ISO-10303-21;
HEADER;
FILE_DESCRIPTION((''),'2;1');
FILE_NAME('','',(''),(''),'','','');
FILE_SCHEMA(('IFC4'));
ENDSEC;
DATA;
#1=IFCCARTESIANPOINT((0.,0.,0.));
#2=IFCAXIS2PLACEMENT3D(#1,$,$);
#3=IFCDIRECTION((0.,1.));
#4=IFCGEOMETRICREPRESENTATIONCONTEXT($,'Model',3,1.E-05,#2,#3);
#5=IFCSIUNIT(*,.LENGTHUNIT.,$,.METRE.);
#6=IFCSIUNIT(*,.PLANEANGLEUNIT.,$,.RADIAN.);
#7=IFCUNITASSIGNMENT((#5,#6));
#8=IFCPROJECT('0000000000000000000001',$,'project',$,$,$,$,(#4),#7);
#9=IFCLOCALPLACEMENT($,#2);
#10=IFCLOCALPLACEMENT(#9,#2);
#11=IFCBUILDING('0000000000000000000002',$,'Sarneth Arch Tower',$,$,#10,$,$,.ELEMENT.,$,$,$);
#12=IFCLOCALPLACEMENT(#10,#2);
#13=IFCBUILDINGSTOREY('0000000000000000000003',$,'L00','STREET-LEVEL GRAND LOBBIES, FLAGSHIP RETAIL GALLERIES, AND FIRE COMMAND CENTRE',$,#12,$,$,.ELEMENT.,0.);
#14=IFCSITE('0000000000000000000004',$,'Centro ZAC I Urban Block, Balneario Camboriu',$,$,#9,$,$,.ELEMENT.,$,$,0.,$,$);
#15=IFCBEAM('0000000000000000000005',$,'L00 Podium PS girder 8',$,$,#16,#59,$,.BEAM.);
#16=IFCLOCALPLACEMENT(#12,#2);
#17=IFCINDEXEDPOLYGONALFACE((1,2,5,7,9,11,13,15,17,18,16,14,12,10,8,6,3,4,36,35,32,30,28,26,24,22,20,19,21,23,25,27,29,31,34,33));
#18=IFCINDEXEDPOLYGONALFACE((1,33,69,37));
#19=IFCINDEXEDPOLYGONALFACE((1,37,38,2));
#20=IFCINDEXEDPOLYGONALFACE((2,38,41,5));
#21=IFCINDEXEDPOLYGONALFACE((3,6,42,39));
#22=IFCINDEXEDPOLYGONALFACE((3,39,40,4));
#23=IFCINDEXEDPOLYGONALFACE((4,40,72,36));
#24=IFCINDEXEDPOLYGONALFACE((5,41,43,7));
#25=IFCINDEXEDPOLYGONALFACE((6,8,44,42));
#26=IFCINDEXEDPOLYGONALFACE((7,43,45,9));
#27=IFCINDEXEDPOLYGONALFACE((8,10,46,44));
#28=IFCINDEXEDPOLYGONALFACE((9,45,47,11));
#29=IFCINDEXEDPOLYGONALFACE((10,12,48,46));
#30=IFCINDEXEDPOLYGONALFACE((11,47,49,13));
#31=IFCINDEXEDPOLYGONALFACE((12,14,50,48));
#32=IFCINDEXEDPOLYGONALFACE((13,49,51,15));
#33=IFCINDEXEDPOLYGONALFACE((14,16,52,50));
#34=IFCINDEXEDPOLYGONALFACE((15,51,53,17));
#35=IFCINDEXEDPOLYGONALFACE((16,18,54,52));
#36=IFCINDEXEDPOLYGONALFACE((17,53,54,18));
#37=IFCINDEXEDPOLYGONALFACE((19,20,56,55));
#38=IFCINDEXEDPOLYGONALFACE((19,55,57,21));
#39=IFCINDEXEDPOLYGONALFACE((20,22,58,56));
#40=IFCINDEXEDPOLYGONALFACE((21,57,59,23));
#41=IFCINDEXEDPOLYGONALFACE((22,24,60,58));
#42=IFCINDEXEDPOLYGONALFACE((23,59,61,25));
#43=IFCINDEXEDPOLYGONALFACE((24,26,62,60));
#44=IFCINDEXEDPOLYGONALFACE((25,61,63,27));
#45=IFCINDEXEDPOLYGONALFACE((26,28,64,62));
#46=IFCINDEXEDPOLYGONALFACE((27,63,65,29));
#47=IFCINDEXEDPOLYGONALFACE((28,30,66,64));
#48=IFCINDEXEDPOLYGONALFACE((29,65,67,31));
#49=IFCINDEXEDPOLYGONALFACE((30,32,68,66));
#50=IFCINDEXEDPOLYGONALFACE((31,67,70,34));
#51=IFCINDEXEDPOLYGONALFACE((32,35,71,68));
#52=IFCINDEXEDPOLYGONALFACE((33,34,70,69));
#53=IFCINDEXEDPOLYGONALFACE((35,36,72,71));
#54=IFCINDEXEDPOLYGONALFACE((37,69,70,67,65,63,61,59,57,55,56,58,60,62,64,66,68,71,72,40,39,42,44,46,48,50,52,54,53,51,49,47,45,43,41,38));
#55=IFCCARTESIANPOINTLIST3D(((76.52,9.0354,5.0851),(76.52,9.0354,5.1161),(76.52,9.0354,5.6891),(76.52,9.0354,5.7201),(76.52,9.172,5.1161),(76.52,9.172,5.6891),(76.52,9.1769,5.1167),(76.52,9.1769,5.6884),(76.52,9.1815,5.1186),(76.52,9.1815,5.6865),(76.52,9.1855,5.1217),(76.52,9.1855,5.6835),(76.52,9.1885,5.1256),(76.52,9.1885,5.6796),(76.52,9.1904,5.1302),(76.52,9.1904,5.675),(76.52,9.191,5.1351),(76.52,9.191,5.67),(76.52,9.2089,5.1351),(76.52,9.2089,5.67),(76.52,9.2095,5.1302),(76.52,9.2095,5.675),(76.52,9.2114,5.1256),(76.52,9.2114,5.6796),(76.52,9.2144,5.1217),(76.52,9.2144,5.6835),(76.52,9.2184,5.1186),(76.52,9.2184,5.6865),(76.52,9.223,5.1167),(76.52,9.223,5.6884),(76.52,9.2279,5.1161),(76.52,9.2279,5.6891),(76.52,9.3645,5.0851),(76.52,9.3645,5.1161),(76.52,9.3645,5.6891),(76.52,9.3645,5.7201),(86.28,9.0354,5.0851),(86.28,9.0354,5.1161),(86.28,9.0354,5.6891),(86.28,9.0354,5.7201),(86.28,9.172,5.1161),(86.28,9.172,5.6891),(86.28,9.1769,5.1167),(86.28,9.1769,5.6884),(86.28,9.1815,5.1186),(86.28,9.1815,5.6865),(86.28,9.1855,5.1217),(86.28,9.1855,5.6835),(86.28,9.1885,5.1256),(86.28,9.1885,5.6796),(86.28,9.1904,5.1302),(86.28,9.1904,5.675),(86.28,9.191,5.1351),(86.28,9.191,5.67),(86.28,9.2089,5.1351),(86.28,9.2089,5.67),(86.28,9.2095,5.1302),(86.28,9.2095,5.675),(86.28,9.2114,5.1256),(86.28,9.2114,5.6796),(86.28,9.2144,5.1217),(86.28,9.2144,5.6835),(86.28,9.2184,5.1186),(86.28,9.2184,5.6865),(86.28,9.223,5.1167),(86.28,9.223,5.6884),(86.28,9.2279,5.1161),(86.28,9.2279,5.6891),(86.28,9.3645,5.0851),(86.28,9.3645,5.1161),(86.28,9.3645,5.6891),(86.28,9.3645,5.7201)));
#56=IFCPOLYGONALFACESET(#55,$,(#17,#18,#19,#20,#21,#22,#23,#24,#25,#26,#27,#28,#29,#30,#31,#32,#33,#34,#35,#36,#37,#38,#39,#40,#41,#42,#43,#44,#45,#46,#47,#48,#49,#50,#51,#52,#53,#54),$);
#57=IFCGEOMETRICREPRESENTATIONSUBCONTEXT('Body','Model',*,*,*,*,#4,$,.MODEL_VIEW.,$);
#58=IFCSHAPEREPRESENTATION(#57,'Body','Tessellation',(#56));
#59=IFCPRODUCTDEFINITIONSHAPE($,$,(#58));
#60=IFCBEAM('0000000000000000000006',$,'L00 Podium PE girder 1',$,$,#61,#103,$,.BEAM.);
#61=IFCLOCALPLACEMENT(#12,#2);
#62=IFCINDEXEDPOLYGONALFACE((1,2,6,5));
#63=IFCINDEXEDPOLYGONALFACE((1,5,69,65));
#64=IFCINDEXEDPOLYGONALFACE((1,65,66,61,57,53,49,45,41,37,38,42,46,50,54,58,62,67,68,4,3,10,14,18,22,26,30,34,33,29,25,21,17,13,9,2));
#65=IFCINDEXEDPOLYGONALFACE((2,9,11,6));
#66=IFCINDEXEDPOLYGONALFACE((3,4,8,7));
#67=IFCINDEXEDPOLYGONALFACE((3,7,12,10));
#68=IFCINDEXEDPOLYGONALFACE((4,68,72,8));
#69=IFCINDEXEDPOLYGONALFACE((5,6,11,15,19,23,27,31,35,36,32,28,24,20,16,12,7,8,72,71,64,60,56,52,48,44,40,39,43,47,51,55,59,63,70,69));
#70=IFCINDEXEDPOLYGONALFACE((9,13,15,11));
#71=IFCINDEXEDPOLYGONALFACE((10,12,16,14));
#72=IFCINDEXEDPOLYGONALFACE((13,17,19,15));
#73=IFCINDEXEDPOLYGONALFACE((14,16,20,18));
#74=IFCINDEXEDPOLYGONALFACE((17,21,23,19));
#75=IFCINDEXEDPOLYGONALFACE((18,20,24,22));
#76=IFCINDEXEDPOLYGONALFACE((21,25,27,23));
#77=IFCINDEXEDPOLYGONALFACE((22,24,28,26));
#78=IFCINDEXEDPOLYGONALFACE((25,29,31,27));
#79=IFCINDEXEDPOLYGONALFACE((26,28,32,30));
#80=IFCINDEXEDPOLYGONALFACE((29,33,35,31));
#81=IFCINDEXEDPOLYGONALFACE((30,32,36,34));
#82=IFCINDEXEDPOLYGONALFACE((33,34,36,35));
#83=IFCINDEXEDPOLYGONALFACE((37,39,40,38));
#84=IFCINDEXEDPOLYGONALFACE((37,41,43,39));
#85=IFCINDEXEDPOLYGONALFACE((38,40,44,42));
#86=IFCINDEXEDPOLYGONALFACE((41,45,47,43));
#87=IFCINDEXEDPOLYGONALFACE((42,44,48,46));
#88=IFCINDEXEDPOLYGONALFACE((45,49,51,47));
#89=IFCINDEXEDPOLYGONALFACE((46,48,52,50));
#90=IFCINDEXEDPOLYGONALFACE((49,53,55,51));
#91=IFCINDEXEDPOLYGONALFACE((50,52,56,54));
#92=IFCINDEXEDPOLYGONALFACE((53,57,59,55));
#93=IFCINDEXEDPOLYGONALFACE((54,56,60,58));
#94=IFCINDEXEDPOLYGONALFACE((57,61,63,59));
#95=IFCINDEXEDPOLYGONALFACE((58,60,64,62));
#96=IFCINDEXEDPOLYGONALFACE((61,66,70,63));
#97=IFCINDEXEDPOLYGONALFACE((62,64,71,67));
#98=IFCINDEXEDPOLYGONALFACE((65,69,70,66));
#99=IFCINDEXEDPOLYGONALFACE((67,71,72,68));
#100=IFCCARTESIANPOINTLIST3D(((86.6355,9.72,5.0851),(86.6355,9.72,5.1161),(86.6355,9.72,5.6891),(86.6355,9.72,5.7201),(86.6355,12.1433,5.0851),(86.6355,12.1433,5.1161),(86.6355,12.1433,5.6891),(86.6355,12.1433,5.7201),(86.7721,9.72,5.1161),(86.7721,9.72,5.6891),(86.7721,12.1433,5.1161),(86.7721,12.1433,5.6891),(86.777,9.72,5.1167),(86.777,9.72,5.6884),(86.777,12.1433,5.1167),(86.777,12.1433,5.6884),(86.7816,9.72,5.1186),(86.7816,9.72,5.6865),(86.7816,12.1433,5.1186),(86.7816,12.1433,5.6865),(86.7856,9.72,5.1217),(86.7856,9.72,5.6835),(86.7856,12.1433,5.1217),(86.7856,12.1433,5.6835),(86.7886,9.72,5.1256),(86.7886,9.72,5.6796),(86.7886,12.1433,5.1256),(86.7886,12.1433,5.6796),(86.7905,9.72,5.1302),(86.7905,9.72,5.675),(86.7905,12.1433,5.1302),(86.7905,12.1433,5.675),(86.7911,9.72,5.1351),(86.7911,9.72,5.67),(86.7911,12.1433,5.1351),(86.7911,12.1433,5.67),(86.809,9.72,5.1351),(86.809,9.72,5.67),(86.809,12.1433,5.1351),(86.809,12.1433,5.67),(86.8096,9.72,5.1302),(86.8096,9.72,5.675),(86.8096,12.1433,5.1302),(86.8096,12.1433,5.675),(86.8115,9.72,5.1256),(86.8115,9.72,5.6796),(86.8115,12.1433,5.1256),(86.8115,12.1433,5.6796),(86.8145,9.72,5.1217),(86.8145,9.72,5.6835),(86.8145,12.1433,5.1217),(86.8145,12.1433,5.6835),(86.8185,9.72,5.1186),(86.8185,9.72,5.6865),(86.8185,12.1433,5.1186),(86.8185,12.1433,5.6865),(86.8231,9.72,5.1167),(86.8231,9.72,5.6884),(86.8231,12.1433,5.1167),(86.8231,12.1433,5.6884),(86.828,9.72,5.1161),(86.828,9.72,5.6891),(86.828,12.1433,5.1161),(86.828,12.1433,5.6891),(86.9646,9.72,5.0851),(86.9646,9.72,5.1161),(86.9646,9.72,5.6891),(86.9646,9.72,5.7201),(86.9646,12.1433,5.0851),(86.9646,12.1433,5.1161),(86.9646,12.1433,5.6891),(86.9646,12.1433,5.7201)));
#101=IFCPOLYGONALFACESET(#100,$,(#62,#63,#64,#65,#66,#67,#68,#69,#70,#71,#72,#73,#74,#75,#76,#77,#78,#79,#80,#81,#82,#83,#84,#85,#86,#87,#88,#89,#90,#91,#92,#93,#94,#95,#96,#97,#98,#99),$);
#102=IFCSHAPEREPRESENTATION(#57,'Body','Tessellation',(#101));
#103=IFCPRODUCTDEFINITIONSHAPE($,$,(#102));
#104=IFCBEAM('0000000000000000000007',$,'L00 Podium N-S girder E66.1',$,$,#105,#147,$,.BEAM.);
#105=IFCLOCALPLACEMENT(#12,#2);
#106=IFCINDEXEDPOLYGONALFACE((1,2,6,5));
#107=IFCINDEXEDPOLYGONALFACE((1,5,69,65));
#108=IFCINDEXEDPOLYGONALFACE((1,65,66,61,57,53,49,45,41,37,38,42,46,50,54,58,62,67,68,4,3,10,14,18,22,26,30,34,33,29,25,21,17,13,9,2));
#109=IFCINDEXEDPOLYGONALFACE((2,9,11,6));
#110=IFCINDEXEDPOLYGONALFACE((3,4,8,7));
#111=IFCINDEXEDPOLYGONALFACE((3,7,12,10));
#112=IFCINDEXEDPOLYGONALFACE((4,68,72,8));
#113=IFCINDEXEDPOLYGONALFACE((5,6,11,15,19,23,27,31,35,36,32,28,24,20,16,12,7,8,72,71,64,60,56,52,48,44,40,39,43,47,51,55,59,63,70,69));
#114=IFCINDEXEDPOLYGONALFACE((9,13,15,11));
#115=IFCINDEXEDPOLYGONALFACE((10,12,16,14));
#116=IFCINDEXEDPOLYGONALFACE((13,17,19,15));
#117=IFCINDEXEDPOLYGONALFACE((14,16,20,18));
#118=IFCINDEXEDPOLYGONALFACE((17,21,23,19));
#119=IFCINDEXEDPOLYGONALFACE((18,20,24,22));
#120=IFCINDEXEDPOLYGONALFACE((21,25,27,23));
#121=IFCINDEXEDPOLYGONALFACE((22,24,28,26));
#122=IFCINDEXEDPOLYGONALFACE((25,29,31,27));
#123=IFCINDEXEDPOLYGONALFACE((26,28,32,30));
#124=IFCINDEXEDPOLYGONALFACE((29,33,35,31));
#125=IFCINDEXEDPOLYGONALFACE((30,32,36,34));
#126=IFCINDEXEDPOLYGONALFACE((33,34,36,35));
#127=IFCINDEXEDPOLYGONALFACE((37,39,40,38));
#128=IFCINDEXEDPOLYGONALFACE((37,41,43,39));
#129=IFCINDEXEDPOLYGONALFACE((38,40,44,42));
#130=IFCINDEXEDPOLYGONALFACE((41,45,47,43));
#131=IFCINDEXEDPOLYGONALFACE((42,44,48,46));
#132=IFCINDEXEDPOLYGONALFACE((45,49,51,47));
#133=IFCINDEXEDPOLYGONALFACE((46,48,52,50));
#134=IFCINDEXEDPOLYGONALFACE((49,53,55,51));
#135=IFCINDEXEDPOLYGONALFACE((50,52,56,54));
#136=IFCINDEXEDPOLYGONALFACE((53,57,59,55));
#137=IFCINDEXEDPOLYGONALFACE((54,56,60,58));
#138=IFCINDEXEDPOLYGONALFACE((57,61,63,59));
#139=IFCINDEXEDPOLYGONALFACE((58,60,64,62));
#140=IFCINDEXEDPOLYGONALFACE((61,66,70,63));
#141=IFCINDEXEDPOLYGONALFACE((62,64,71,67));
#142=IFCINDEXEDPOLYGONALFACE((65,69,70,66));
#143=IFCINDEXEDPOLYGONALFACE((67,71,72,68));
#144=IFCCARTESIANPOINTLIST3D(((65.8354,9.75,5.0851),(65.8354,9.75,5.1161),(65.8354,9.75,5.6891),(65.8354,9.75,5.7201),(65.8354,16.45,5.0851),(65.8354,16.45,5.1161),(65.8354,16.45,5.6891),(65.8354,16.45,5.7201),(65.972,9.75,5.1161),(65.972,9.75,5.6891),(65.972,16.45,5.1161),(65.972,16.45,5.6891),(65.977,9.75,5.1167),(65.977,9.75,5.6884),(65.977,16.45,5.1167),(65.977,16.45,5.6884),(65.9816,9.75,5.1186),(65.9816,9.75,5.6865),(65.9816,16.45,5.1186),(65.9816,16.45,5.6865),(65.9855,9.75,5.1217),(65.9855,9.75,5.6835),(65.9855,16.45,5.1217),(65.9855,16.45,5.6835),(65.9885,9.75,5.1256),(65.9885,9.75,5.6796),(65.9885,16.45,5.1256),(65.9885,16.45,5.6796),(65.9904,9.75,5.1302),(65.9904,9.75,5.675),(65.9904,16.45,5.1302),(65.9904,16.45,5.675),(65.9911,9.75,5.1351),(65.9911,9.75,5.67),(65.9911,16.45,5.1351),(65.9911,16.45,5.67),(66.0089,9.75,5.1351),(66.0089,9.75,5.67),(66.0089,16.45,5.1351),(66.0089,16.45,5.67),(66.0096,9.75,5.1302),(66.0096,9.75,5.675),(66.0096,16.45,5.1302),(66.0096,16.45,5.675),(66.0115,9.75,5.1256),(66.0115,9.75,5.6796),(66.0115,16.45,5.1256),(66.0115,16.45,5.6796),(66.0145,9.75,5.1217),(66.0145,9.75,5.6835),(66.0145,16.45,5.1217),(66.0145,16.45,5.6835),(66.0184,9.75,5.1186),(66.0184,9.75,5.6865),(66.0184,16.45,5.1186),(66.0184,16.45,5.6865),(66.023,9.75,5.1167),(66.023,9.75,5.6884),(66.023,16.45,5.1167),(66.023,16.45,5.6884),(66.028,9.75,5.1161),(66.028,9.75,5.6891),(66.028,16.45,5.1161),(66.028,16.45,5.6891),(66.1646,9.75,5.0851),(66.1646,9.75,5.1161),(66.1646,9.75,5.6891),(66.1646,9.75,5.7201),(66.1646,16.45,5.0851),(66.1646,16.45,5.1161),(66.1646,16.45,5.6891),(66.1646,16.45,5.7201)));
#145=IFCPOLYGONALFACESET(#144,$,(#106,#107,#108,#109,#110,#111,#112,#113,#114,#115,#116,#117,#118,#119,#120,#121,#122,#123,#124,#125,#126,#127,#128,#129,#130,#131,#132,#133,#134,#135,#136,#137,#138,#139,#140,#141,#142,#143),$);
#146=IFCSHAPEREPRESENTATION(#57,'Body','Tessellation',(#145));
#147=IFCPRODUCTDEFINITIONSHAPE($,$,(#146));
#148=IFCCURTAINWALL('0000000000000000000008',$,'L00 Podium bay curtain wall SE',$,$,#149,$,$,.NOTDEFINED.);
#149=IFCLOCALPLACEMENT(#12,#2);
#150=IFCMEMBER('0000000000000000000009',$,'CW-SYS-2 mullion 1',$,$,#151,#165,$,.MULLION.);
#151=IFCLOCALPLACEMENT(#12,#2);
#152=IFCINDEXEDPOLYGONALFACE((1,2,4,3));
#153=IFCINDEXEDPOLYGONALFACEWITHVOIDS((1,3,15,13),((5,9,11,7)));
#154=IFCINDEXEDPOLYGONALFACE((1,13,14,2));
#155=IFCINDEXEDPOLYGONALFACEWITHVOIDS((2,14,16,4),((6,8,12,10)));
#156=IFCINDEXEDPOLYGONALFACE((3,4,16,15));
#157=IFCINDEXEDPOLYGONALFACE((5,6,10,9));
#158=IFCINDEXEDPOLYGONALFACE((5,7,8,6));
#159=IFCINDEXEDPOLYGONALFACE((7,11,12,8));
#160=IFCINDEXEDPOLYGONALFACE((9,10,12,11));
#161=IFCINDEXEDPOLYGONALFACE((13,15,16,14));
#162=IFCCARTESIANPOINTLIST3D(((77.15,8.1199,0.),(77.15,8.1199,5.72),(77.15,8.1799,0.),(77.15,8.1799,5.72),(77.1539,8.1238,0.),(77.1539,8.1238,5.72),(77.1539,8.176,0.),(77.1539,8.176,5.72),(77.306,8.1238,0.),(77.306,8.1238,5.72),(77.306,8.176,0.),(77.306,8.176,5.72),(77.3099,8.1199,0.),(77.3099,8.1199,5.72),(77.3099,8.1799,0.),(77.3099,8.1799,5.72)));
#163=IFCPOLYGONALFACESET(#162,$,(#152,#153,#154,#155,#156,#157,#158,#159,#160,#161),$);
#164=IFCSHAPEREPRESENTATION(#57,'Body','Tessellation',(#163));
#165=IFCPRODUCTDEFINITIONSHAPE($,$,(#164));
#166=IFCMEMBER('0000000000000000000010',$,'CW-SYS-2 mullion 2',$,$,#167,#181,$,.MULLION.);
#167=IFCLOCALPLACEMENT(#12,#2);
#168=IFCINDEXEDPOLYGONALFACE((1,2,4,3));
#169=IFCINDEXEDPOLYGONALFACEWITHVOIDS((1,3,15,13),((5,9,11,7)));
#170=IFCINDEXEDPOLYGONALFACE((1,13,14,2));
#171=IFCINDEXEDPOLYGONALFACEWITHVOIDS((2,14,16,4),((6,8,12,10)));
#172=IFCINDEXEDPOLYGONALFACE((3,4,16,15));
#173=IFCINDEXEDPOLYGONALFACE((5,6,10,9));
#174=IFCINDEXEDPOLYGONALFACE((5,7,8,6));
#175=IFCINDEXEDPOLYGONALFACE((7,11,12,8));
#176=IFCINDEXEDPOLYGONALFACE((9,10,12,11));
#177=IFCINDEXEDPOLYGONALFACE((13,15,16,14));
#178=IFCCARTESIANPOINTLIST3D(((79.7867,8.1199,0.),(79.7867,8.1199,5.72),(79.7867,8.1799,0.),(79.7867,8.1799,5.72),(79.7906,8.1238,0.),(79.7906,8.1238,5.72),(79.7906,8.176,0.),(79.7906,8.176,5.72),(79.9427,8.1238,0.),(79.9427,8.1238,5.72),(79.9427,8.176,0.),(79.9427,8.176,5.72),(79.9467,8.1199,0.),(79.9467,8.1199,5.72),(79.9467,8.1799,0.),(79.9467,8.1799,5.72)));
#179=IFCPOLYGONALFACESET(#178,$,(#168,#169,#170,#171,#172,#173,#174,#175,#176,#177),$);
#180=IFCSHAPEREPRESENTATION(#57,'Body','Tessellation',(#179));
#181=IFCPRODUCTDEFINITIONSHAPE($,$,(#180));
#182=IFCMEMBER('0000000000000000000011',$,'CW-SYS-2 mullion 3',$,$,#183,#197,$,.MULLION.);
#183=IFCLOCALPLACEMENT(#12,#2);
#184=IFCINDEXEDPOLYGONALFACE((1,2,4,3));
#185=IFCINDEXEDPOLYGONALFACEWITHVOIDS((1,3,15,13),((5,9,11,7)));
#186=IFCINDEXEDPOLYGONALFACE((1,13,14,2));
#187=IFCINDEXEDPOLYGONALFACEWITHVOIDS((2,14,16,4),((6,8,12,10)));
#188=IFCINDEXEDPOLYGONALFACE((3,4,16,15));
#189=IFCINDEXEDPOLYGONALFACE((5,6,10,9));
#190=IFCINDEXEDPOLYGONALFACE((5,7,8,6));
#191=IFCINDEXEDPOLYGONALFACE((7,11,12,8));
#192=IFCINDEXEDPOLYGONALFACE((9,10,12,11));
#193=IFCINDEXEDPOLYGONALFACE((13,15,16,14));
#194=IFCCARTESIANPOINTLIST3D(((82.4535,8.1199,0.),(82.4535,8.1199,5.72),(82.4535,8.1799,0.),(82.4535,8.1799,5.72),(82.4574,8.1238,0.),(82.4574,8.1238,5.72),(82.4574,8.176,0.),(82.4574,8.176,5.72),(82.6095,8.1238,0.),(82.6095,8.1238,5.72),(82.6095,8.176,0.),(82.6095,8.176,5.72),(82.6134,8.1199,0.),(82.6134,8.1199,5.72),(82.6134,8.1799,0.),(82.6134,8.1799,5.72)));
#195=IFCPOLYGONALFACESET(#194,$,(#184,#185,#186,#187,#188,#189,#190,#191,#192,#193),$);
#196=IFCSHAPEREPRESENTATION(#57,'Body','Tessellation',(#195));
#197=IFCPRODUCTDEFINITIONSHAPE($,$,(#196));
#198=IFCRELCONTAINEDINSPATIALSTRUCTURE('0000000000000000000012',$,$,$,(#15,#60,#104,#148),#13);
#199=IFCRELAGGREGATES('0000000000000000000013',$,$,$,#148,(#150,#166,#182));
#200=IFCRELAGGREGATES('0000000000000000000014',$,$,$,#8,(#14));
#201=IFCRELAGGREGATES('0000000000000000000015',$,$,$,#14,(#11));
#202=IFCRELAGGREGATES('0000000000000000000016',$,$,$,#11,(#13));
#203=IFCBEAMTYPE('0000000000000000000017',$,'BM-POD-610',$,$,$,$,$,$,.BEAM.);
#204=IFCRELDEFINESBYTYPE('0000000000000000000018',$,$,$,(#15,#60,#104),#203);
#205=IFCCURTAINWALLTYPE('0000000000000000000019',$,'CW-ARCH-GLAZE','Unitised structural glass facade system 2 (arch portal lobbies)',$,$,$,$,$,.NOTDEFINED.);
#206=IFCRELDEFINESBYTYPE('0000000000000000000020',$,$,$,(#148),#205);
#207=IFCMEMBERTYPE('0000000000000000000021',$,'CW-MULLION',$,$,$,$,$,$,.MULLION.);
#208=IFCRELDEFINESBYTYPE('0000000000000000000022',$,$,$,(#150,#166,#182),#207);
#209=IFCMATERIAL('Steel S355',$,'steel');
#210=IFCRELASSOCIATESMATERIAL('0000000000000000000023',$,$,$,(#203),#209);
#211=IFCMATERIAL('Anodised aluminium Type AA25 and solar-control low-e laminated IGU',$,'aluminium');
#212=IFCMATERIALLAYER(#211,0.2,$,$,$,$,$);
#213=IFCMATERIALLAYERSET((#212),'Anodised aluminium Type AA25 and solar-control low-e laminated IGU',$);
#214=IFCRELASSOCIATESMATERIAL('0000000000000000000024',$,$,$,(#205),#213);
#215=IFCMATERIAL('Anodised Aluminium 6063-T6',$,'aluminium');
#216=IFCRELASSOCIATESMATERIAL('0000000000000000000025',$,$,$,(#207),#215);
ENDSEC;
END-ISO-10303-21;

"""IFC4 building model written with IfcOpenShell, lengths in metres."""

from ifc_helpers import new_model, si_unit, direction, frame, origin, origin_2d, place, context, subcontext, project, spatial, hollow_rectangle, i_section, extrude, material, layer, layer_set, material_profile, profile_set, type_object, element, aggregate, save


model = new_model("IFC4")

# Units and contexts
model_context = context("Model", 3, precision=1e-05, world=origin(), true_north=direction((0.0, 1.0)))
body_context = subcontext(model_context, "Body", "Model", "MODEL_VIEW")
ifc_project = project(units=[si_unit("LENGTHUNIT", "METRE"), si_unit("PLANEANGLEUNIT", "RADIAN")], contexts=[model_context])

# Site, building, storey
site_placement = place(None, origin())
site = spatial("IfcSite", under=ifc_project, at=site_placement, Name="Centro ZAC I Urban Block, Balneario Camboriu", CompositionType="ELEMENT", RefElevation=0.0)
building_placement = place(site_placement, origin())
building = spatial("IfcBuilding", under=site, at=building_placement, Name="Sarneth Arch Tower", CompositionType="ELEMENT")
storey_placement = place(building_placement, origin())
storey = spatial("IfcBuildingStorey", under=building, at=storey_placement, Name="L00", Description="STREET-LEVEL GRAND LOBBIES, FLAGSHIP RETAIL GALLERIES, AND FIRE COMMAND CENTRE", CompositionType="ELEMENT", Elevation=0.0)

# Beams
ifc_material_1 = material(Name="Steel S355", Category="steel")
ifc_material_profile_1 = material_profile(ifc_material_1, i_section(OverallWidth=0.3291, OverallDepth=0.635, WebThickness=0.0178, FlangeThickness=0.031, FilletRadius=0.019, at=origin_2d()), Name="W610x241")
ifc_profile_set_1 = profile_set([ifc_material_profile_1], Name="Steel S355")
beam_type_1 = type_object("IfcBeamType", Name="BM-POD-610", PredefinedType="BEAM", material=ifc_profile_set_1)
beam_1_placement = place(storey_placement, frame((76.52, 9.2, 5.4026), z_axis=(1.0, 0.0, 0.0), x_axis=(0.0, 1.0, 0.0)))
element("IfcBeam", 1, at=beam_1_placement, inside=storey, type_object=beam_type_1, Name="L00 Podium PS girder 8", PredefinedType="BEAM", context=body_context, shape_type="SweptSolid", body=[
    extrude(i_section(OverallWidth=0.3291, OverallDepth=0.635, WebThickness=0.0178, FlangeThickness=0.031, FilletRadius=0.019, at=origin_2d()), origin(), (0.0, 0.0, 1.0), 9.76),
])
beam_2_placement = place(storey_placement, frame((86.8, 9.72, 5.4026), z_axis=(0.0, 1.0, 0.0), x_axis=(-1.0, 0.0, 0.0)))
element("IfcBeam", 2, at=beam_2_placement, inside=storey, type_object=beam_type_1, Name="L00 Podium PE girder 1", PredefinedType="BEAM", context=body_context, shape_type="SweptSolid", body=[
    extrude(i_section(OverallWidth=0.3291, OverallDepth=0.635, WebThickness=0.0178, FlangeThickness=0.031, FilletRadius=0.019, at=origin_2d()), origin(), (0.0, 0.0, 1.0), 2.4233),
])
beam_3_placement = place(storey_placement, frame((66.0, 9.75, 5.4026), z_axis=(0.0, 1.0, 0.0), x_axis=(-1.0, 0.0, 0.0)))
element("IfcBeam", 3, at=beam_3_placement, inside=storey, type_object=beam_type_1, Name="L00 Podium N-S girder E66.1", PredefinedType="BEAM", context=body_context, shape_type="SweptSolid", body=[
    extrude(i_section(OverallWidth=0.3291, OverallDepth=0.635, WebThickness=0.0178, FlangeThickness=0.031, FilletRadius=0.019, at=origin_2d()), origin(), (0.0, 0.0, 1.0), 6.7),
])

# Curtain wall, members
ifc_material_2 = material(Name="Anodised aluminium Type AA25 and solar-control low-e laminated IGU", Category="aluminium")
ifc_layer_1 = layer(ifc_material_2, 0.2)
ifc_layer_set_1 = layer_set([ifc_layer_1], Name="Anodised aluminium Type AA25 and solar-control low-e laminated IGU")
curtain_wall_type = type_object("IfcCurtainWallType", Name="CW-ARCH-GLAZE", Description="Unitised structural glass facade system 2 (arch portal lobbies)", PredefinedType="NOTDEFINED", material=ifc_layer_set_1)
curtain_wall_1_placement = place(storey_placement, origin())
curtain_wall_1 = element("IfcCurtainWall", 4, at=curtain_wall_1_placement, inside=storey, type_object=curtain_wall_type, Name="L00 Podium bay curtain wall SE", PredefinedType="NOTDEFINED")
ifc_material_3 = material(Name="Anodised Aluminium 6063-T6", Category="aluminium")
ifc_material_profile_2 = material_profile(ifc_material_3, hollow_rectangle(XDim=0.0601, YDim=0.1599, WallThickness=0.0039, at=origin_2d()), Name="AL-MULL-160x60x4")
ifc_profile_set_2 = profile_set([ifc_material_profile_2], Name="Anodised Aluminium 6063-T6")
member_type_1 = type_object("IfcMemberType", Name="CW-MULLION", PredefinedType="MULLION", material=ifc_profile_set_2)
member_1_placement = place(storey_placement, frame((77.23, 8.1499, 0.0), z_axis=(0.0, 0.0, 1.0), x_axis=(0.0, 1.0, 0.0)))
member_1 = element("IfcMember", 5, at=member_1_placement, type_object=member_type_1, Name="CW-SYS-2 mullion 1", PredefinedType="MULLION", context=body_context, shape_type="SweptSolid", body=[
    extrude(hollow_rectangle(XDim=0.0601, YDim=0.1599, WallThickness=0.0039, at=origin_2d()), origin(), (0.0, 0.0, 1.0), 5.72),
])
member_2_placement = place(storey_placement, frame((79.8667, 8.1499, 0.0), z_axis=(0.0, 0.0, 1.0), x_axis=(0.0, 1.0, 0.0)))
member_2 = element("IfcMember", 6, at=member_2_placement, type_object=member_type_1, Name="CW-SYS-2 mullion 2", PredefinedType="MULLION", context=body_context, shape_type="SweptSolid", body=[
    extrude(hollow_rectangle(XDim=0.0601, YDim=0.1599, WallThickness=0.0039, at=origin_2d()), origin(), (0.0, 0.0, 1.0), 5.72),
])
member_3_placement = place(storey_placement, frame((82.5334, 8.1499, 0.0), z_axis=(0.0, 0.0, 1.0), x_axis=(0.0, 1.0, 0.0)))
member_3 = element("IfcMember", 7, at=member_3_placement, type_object=member_type_1, Name="CW-SYS-2 mullion 3", PredefinedType="MULLION", context=body_context, shape_type="SweptSolid", body=[
    extrude(hollow_rectangle(XDim=0.0601, YDim=0.1599, WallThickness=0.0039, at=origin_2d()), origin(), (0.0, 0.0, 1.0), 5.72),
])

aggregate(curtain_wall_1, [member_1, member_2, member_3])

save(model, "model.ifc")
